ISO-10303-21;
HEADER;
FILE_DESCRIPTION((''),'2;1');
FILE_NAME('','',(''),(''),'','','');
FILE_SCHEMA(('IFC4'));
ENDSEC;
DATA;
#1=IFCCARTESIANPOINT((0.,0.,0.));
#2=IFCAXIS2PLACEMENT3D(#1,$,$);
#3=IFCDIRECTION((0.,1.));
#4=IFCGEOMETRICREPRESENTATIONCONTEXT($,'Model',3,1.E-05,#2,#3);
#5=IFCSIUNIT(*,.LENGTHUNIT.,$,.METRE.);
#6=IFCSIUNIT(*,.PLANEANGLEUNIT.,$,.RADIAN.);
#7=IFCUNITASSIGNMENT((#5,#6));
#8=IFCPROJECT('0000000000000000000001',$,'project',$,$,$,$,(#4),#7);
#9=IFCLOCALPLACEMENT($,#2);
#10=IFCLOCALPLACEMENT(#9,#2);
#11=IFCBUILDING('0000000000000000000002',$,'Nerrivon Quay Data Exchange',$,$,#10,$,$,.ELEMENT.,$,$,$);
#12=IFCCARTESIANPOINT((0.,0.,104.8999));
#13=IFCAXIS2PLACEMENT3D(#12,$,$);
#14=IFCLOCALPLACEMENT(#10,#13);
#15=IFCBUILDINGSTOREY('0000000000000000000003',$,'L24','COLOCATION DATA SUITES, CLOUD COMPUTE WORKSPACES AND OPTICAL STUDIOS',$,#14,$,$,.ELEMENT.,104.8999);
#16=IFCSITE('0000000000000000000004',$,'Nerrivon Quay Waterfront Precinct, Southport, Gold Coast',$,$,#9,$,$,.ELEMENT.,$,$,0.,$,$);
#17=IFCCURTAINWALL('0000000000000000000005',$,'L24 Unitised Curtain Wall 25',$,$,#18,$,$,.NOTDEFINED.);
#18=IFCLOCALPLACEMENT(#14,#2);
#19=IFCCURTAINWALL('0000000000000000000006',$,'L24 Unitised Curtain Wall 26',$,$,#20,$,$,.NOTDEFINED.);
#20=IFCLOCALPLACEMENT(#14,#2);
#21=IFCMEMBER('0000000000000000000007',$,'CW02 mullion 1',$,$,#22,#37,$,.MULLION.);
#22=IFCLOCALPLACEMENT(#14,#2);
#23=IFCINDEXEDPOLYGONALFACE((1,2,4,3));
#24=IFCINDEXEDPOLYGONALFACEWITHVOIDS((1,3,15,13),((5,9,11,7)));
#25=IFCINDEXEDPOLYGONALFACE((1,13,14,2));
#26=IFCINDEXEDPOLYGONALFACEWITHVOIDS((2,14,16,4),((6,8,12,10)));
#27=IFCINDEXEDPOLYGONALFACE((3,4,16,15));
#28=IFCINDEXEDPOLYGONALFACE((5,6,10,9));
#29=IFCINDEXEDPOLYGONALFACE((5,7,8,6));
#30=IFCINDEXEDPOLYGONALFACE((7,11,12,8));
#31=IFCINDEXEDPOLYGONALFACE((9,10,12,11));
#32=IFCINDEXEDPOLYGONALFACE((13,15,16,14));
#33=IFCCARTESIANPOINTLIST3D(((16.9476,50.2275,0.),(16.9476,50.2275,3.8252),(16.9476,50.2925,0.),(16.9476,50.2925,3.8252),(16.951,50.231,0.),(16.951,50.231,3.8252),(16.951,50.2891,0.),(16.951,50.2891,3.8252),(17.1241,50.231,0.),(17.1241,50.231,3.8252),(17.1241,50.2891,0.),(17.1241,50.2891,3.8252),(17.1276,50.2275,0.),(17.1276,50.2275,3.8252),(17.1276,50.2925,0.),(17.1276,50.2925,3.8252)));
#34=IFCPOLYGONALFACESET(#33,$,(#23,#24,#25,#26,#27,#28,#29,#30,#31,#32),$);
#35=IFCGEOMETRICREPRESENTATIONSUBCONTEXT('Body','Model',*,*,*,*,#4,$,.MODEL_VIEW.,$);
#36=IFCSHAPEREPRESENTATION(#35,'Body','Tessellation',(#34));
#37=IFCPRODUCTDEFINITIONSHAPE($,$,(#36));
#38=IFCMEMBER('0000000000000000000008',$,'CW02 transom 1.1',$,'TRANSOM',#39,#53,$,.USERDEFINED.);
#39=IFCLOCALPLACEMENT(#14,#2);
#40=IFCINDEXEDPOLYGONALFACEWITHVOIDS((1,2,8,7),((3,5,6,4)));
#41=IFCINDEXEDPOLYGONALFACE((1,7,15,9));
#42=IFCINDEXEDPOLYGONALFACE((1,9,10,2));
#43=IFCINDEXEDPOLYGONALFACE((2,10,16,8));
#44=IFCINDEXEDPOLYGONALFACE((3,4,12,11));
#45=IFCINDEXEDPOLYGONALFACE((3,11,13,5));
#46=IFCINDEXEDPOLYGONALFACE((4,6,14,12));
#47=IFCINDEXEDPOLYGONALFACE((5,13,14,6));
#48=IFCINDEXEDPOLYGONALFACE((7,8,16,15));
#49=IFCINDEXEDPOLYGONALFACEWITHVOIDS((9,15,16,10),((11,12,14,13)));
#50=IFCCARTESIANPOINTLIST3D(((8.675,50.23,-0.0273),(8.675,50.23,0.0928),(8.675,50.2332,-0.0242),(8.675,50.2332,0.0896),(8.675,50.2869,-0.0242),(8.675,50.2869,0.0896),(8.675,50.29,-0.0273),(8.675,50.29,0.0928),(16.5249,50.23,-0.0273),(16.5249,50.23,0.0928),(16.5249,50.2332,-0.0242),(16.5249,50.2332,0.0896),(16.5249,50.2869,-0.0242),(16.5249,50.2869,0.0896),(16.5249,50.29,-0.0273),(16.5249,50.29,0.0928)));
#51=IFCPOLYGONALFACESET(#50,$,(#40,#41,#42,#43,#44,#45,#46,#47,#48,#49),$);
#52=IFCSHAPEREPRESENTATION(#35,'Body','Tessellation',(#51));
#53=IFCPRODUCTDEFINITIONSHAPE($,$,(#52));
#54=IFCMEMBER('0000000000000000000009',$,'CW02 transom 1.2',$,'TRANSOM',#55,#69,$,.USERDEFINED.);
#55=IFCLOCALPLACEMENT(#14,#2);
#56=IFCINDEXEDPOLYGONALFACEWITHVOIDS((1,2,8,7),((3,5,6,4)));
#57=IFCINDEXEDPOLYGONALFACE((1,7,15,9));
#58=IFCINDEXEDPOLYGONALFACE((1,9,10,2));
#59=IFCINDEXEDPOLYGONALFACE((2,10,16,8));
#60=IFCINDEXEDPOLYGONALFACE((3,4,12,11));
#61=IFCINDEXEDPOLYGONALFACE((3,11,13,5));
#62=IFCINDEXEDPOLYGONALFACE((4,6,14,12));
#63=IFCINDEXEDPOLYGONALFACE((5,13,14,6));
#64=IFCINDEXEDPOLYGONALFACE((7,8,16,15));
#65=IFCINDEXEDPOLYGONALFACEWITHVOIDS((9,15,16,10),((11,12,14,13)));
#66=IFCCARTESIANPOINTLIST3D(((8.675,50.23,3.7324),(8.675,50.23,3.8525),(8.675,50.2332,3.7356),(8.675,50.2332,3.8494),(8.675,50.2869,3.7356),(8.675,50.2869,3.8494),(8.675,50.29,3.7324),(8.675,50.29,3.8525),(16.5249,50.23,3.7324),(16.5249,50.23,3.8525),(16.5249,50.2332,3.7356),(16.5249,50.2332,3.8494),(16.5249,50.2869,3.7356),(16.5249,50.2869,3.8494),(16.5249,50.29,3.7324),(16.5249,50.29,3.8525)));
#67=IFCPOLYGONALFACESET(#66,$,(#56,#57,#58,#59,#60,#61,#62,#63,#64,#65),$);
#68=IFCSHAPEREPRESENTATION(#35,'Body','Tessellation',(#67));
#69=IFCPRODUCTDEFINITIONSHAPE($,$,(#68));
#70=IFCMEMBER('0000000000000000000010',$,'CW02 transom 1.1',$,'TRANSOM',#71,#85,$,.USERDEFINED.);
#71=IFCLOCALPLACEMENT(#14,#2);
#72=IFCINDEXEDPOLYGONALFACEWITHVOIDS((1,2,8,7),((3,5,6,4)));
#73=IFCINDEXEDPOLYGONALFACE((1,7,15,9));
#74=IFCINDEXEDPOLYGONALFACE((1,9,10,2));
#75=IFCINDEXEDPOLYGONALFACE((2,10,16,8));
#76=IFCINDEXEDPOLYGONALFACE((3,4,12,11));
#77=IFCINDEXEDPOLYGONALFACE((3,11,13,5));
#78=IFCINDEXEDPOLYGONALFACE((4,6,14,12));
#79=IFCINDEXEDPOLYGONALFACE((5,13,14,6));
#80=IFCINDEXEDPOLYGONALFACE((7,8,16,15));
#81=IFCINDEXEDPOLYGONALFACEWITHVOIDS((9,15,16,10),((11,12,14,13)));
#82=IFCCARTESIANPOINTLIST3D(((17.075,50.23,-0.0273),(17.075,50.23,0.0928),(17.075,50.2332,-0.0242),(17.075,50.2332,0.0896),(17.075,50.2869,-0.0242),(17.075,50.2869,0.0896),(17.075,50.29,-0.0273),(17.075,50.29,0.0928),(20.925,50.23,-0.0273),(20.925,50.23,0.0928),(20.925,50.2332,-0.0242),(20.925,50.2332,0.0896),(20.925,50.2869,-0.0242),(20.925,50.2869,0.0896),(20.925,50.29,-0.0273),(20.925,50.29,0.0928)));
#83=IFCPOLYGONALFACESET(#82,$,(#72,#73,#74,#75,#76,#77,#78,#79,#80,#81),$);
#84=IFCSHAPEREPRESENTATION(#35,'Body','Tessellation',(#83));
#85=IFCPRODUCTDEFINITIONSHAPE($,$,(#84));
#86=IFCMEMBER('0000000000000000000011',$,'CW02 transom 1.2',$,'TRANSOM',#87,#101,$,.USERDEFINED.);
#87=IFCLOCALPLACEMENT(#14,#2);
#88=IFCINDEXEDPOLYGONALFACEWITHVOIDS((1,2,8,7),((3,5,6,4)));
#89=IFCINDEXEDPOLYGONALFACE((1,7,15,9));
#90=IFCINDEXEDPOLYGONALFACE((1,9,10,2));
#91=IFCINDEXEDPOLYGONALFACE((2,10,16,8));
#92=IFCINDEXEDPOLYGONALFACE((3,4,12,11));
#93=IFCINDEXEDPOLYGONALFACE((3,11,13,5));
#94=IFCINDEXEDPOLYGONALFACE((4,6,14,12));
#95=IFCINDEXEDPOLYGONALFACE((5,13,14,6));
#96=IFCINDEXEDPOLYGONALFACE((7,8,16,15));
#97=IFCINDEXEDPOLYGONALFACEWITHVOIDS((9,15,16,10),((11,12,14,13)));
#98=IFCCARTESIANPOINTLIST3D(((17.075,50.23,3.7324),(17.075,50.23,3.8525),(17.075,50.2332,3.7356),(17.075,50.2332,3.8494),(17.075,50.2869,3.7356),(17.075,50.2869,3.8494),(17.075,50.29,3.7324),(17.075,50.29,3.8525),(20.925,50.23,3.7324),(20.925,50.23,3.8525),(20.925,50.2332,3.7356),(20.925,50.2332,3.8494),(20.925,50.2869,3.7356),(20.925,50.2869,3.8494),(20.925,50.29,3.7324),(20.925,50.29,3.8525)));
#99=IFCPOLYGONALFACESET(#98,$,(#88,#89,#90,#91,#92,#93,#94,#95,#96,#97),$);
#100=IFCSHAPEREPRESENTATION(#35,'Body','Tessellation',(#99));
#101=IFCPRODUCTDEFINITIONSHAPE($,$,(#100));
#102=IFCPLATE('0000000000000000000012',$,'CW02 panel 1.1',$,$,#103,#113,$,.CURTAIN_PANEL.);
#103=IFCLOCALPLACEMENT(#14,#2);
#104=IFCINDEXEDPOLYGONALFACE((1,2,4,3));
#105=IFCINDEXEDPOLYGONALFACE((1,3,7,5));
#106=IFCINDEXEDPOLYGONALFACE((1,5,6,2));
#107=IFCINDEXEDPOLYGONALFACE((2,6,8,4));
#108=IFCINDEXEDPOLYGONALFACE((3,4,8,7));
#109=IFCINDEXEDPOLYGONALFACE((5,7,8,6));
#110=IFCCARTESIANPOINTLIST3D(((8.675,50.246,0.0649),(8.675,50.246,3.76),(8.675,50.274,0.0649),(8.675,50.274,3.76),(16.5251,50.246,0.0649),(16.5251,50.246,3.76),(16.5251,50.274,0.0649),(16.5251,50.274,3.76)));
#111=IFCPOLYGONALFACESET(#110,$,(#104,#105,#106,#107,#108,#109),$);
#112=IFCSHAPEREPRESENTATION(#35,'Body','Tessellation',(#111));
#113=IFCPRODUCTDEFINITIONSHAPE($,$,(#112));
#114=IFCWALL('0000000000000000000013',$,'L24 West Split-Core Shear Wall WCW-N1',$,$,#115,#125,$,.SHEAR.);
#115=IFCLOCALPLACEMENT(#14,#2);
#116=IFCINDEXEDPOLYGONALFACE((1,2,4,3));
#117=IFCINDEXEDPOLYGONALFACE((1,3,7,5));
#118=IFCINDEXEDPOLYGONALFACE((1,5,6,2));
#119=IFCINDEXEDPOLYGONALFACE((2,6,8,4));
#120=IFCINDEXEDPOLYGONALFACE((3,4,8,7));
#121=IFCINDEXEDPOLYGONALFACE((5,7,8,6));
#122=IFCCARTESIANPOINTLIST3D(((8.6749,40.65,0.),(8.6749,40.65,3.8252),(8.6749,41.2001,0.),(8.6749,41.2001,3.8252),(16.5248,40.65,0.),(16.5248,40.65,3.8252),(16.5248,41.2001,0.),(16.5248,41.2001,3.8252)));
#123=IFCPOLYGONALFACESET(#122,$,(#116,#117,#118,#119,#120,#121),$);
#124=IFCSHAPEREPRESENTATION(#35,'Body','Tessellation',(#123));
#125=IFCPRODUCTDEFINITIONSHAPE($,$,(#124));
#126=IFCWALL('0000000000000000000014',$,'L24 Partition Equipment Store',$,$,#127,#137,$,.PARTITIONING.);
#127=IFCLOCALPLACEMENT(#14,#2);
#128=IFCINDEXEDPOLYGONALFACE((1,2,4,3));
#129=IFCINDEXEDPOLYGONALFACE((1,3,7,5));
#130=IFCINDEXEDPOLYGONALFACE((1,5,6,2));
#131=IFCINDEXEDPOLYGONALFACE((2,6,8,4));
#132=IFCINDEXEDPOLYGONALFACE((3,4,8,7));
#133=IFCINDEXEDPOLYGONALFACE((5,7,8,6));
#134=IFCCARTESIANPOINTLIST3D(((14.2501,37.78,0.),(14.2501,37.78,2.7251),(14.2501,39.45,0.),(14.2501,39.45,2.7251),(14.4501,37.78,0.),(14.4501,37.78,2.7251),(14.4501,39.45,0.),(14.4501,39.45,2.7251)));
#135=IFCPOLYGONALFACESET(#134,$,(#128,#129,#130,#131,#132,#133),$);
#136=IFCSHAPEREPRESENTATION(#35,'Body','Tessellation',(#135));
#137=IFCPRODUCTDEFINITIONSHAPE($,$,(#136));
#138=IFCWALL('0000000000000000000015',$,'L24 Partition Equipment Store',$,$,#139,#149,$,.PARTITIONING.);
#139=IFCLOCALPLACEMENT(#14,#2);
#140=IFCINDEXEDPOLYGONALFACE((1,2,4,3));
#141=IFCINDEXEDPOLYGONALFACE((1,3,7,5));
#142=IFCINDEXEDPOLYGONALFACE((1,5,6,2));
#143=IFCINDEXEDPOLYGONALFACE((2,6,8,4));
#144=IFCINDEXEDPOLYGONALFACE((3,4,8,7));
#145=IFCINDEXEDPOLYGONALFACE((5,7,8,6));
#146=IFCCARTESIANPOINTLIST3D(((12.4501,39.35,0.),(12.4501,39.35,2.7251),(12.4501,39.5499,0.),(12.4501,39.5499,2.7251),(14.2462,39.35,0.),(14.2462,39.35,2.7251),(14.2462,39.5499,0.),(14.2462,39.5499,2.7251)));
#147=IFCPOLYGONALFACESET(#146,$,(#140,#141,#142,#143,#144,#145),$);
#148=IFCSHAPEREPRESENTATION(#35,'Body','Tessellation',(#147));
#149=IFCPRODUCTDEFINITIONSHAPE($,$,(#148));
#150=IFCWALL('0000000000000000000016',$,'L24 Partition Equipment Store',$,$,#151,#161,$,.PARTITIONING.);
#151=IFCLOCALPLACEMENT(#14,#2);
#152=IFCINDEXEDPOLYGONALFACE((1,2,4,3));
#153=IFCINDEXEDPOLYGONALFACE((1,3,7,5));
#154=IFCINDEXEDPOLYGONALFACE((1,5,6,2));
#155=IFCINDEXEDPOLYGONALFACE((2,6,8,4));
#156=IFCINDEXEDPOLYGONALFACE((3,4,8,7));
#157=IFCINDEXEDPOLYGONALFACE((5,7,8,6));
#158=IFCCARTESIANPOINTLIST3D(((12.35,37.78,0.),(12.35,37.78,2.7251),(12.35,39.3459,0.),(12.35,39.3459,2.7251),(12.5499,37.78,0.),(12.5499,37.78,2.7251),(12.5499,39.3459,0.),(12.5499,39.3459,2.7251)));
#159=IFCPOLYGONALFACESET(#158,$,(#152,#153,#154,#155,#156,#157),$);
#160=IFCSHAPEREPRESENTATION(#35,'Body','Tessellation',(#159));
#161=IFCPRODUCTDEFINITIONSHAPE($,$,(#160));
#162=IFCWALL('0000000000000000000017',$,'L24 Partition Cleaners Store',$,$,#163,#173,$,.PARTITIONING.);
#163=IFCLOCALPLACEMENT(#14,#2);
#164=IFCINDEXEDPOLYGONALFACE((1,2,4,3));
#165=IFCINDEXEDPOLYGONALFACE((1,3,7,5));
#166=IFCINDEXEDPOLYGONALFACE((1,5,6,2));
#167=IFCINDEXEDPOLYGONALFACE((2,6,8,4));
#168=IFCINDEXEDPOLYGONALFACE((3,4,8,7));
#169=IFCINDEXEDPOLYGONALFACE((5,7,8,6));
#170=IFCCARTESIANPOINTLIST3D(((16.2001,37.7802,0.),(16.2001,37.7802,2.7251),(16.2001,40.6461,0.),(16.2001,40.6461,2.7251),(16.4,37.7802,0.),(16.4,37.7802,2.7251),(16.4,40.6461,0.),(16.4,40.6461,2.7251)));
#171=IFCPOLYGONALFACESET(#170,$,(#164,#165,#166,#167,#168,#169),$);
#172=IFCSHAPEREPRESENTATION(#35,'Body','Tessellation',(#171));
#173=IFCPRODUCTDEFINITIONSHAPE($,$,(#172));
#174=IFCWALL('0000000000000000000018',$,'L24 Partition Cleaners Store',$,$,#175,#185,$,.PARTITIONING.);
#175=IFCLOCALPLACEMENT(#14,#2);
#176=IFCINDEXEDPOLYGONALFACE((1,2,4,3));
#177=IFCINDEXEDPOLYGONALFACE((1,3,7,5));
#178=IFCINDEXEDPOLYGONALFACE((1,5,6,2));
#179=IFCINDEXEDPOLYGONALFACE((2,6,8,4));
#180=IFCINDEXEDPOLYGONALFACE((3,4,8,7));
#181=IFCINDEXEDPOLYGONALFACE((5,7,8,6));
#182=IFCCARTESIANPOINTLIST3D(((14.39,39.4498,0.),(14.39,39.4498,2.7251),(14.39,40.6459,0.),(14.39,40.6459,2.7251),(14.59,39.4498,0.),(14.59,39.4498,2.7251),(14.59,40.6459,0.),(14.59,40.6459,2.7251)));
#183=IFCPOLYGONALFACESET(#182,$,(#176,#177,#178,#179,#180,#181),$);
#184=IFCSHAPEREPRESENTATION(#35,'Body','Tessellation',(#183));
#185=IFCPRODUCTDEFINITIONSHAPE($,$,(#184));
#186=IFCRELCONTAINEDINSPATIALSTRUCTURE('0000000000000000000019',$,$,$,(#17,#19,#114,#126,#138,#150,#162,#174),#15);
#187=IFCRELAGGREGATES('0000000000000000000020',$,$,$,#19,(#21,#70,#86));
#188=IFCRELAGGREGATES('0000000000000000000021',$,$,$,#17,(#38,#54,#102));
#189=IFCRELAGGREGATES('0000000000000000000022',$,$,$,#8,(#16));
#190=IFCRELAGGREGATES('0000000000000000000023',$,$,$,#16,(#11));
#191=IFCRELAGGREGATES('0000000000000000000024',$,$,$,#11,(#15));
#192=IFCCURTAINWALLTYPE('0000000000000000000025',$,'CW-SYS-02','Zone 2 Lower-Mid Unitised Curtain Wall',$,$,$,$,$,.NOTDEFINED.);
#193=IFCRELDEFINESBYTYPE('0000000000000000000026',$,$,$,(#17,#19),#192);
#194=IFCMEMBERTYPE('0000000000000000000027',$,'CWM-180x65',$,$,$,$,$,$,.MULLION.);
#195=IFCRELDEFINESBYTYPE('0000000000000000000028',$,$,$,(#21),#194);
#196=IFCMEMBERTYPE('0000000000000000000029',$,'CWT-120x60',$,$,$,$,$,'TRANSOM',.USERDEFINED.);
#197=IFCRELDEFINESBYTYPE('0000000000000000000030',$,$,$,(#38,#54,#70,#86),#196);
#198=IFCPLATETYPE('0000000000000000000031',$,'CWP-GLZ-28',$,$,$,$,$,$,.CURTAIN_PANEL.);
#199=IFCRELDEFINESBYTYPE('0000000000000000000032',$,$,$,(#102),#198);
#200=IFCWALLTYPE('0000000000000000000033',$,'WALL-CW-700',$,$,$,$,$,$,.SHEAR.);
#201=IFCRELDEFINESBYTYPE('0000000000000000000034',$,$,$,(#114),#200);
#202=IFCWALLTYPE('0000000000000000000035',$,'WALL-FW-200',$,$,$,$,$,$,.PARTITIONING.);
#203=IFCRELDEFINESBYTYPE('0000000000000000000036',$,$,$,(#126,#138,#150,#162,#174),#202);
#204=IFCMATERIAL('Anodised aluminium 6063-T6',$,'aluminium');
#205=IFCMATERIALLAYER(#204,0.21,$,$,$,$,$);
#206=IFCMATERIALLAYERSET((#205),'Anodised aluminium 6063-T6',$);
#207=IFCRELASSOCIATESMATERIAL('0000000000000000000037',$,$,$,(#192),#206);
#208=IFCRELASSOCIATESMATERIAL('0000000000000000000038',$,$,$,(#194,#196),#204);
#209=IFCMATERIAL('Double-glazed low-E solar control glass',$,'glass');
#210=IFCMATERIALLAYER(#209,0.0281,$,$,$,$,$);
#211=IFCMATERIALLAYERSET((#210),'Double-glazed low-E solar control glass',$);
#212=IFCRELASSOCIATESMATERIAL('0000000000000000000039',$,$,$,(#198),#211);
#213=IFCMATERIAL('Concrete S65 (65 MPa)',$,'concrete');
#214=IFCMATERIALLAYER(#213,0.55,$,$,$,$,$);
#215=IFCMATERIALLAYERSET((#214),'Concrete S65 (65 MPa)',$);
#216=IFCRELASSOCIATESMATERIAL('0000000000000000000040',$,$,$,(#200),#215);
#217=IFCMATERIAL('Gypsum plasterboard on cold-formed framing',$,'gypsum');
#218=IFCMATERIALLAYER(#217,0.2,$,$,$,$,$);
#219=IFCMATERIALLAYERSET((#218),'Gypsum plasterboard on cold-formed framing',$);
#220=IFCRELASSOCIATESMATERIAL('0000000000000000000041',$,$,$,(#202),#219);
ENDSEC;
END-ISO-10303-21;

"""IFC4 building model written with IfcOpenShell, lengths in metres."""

from ifc_helpers import new_model, si_unit, direction, frame, frame_2d, origin, origin_2d, place, context, subcontext, project, spatial, rectangle, hollow_rectangle, extrude, material, layer, layer_set, material_profile, profile_set, type_object, element, aggregate, save


model = new_model("IFC4")

# Units and contexts
model_context = context("Model", 3, precision=1e-05, world=origin(), true_north=direction((0.0, 1.0)))
body_context = subcontext(model_context, "Body", "Model", "MODEL_VIEW")
ifc_project = project(units=[si_unit("LENGTHUNIT", "METRE"), si_unit("PLANEANGLEUNIT", "RADIAN")], contexts=[model_context])

# Site, building, storey
site_placement = place(None, origin())
site = spatial("IfcSite", under=ifc_project, at=site_placement, Name="Nerrivon Quay Waterfront Precinct, Southport, Gold Coast", CompositionType="ELEMENT", RefElevation=0.0)
building_placement = place(site_placement, origin())
building = spatial("IfcBuilding", under=site, at=building_placement, Name="Nerrivon Quay Data Exchange", CompositionType="ELEMENT")
storey_placement = place(building_placement, frame((0.0, 0.0, 104.8999)))
storey = spatial("IfcBuildingStorey", under=building, at=storey_placement, Name="L24", Description="COLOCATION DATA SUITES, CLOUD COMPUTE WORKSPACES AND OPTICAL STUDIOS", CompositionType="ELEMENT", Elevation=104.8999)

# Shared definitions
ifc_material_1 = material(Name="Concrete S65 (65 MPa)", Category="concrete")

# Curtain wall
ifc_material_2 = material(Name="Anodised aluminium 6063-T6", Category="aluminium")
ifc_layer_1 = layer(ifc_material_2, 0.21)
ifc_layer_set_1 = layer_set([ifc_layer_1], Name="Anodised aluminium 6063-T6")
curtain_wall_type = type_object("IfcCurtainWallType", Name="CW-SYS-02", Description="Zone 2 Lower-Mid Unitised Curtain Wall", PredefinedType="NOTDEFINED", material=ifc_layer_set_1)
curtain_wall_1_placement = place(storey_placement, origin())
curtain_wall_1 = element("IfcCurtainWall", 1, at=curtain_wall_1_placement, inside=storey, type_object=curtain_wall_type, Name="L24 Unitised Curtain Wall 25", PredefinedType="NOTDEFINED")
ifc_material_profile_1 = material_profile(ifc_material_2, hollow_rectangle(XDim=0.0649, YDim=0.1799, WallThickness=0.0034, at=origin_2d()), Name="ALU-MULL-180x65")
ifc_profile_set_1 = profile_set([ifc_material_profile_1], Name="Anodised aluminium 6063-T6")
member_type_1 = type_object("IfcMemberType", Name="CWM-180x65", PredefinedType="MULLION", material=ifc_profile_set_1)

# Curtain wall, member
curtain_wall_2_placement = place(storey_placement, origin())
curtain_wall_2 = element("IfcCurtainWall", 2, at=curtain_wall_2_placement, inside=storey, type_object=curtain_wall_type, Name="L24 Unitised Curtain Wall 26", PredefinedType="NOTDEFINED")
member_1_placement = place(storey_placement, frame((17.0376, 50.26, 0.0), z_axis=(0.0, 0.0, 1.0), x_axis=(0.0, 1.0, 0.0)))
member_1 = element("IfcMember", 3, at=member_1_placement, type_object=member_type_1, Name="CW02 mullion 1", PredefinedType="MULLION", context=body_context, shape_type="SweptSolid", body=[
    extrude(hollow_rectangle(XDim=0.0649, YDim=0.1799, WallThickness=0.0034, at=origin_2d()), origin(), (0.0, 0.0, 1.0), 3.8252),
])

# Members
ifc_material_profile_2 = material_profile(ifc_material_2, hollow_rectangle(XDim=0.0601, YDim=0.1201, WallThickness=0.0032, at=origin_2d()), Name="ALU-TRAN-120x60")
ifc_profile_set_2 = profile_set([ifc_material_profile_2], Name="Anodised aluminium 6063-T6")
member_type_2 = type_object("IfcMemberType", Name="CWT-120x60", ElementType="TRANSOM", PredefinedType="USERDEFINED", material=ifc_profile_set_2)
member_2_placement = place(storey_placement, frame((8.675, 50.26, 0.0327), z_axis=(1.0, 0.0, 0.0), x_axis=(0.0, 1.0, 0.0)))
member_2 = element("IfcMember", 4, at=member_2_placement, type_object=member_type_2, Name="CW02 transom 1.1", ObjectType="TRANSOM", PredefinedType="USERDEFINED", context=body_context, shape_type="SweptSolid", body=[
    extrude(hollow_rectangle(XDim=0.0601, YDim=0.1201, WallThickness=0.0032, at=origin_2d()), origin(), (0.0, 0.0, 1.0), 7.8499),
])
member_3_placement = place(storey_placement, frame((8.675, 50.26, 3.7925), z_axis=(1.0, 0.0, 0.0), x_axis=(0.0, 1.0, 0.0)))
member_3 = element("IfcMember", 5, at=member_3_placement, type_object=member_type_2, Name="CW02 transom 1.2", ObjectType="TRANSOM", PredefinedType="USERDEFINED", context=body_context, shape_type="SweptSolid", body=[
    extrude(hollow_rectangle(XDim=0.0601, YDim=0.1201, WallThickness=0.0032, at=origin_2d()), origin(), (0.0, 0.0, 1.0), 7.8499),
])
member_4_placement = place(storey_placement, frame((17.075, 50.26, 0.0327), z_axis=(1.0, 0.0, 0.0), x_axis=(0.0, 1.0, 0.0)))
member_4 = element("IfcMember", 6, at=member_4_placement, type_object=member_type_2, Name="CW02 transom 1.1", ObjectType="TRANSOM", PredefinedType="USERDEFINED", context=body_context, shape_type="SweptSolid", body=[
    extrude(hollow_rectangle(XDim=0.0601, YDim=0.1201, WallThickness=0.0032, at=origin_2d()), origin(), (0.0, 0.0, 1.0), 3.8501),
])
member_5_placement = place(storey_placement, frame((17.075, 50.26, 3.7925), z_axis=(1.0, 0.0, 0.0), x_axis=(0.0, 1.0, 0.0)))
member_5 = element("IfcMember", 7, at=member_5_placement, type_object=member_type_2, Name="CW02 transom 1.2", ObjectType="TRANSOM", PredefinedType="USERDEFINED", context=body_context, shape_type="SweptSolid", body=[
    extrude(hollow_rectangle(XDim=0.0601, YDim=0.1201, WallThickness=0.0032, at=origin_2d()), origin(), (0.0, 0.0, 1.0), 3.8501),
])
aggregate(curtain_wall_2, [member_1, member_4, member_5])

# Plate
ifc_material_3 = material(Name="Double-glazed low-E solar control glass", Category="glass")
ifc_layer_2 = layer(ifc_material_3, 0.0281)
ifc_layer_set_2 = layer_set([ifc_layer_2], Name="Double-glazed low-E solar control glass")
plate_type = type_object("IfcPlateType", Name="CWP-GLZ-28", PredefinedType="CURTAIN_PANEL", material=ifc_layer_set_2)
plate_placement = place(storey_placement, frame((12.6001, 50.26, 0.0649), z_axis=(0.0, 0.0, 1.0), x_axis=(1.0, 0.0, 0.0)))
plate = element("IfcPlate", 8, at=plate_placement, type_object=plate_type, Name="CW02 panel 1.1", PredefinedType="CURTAIN_PANEL", context=body_context, shape_type="SweptSolid", body=[
    extrude(rectangle(XDim=7.8501, YDim=0.0281, at=origin_2d()), origin(), (0.0, 0.0, 1.0), 3.6951),
])
aggregate(curtain_wall_1, [member_2, member_3, plate])

# Wall
ifc_layer_3 = layer(ifc_material_1, 0.55)
ifc_layer_set_3 = layer_set([ifc_layer_3], Name="Concrete S65 (65 MPa)")
wall_type_1 = type_object("IfcWallType", Name="WALL-CW-700", PredefinedType="SHEAR", material=ifc_layer_set_3)
wall_1_placement = place(storey_placement, frame((8.675, 40.925, 0.0), z_axis=(0.0, 0.0, 1.0), x_axis=(1.0, 0.0, 0.0)))
element("IfcWall", 9, at=wall_1_placement, inside=storey, type_object=wall_type_1, Name="L24 West Split-Core Shear Wall WCW-N1", PredefinedType="SHEAR", context=body_context, shape_type="SweptSolid", body=[
    extrude(rectangle(XDim=7.8499, YDim=0.55, at=frame_2d((3.9248, 0.0))), origin(), (0.0, 0.0, 1.0), 3.8252),
])

# Walls
ifc_material_4 = material(Name="Gypsum plasterboard on cold-formed framing", Category="gypsum")
ifc_layer_4 = layer(ifc_material_4, 0.2)
ifc_layer_set_4 = layer_set([ifc_layer_4], Name="Gypsum plasterboard on cold-formed framing")
wall_type_2 = type_object("IfcWallType", Name="WALL-FW-200", PredefinedType="PARTITIONING", material=ifc_layer_set_4)
wall_2_placement = place(storey_placement, frame((14.3501, 37.78, 0.0), z_axis=(0.0, 0.0, 1.0), x_axis=(0.0, 1.0, 0.0)))
element("IfcWall", 10, at=wall_2_placement, inside=storey, type_object=wall_type_2, Name="L24 Partition Equipment Store", PredefinedType="PARTITIONING", context=body_context, shape_type="SweptSolid", body=[
    extrude(rectangle(XDim=1.6699, YDim=0.2, at=frame_2d((0.835, 0.0))), origin(), (0.0, 0.0, 1.0), 2.7251),
])
wall_3_placement = place(storey_placement, frame((14.2461, 39.45, 0.0), z_axis=(0.0, 0.0, 1.0), x_axis=(-1.0, 0.0, 0.0)))
element("IfcWall", 11, at=wall_3_placement, inside=storey, type_object=wall_type_2, Name="L24 Partition Equipment Store", PredefinedType="PARTITIONING", context=body_context, shape_type="SweptSolid", body=[
    extrude(rectangle(XDim=1.7961, YDim=0.2, at=frame_2d((0.8979, 0.0))), origin(), (0.0, 0.0, 1.0), 2.7251),
])
wall_4_placement = place(storey_placement, frame((12.45, 39.3459, 0.0), z_axis=(0.0, 0.0, 1.0), x_axis=(0.0, -1.0, 0.0)))
element("IfcWall", 12, at=wall_4_placement, inside=storey, type_object=wall_type_2, Name="L24 Partition Equipment Store", PredefinedType="PARTITIONING", context=body_context, shape_type="SweptSolid", body=[
    extrude(rectangle(XDim=1.5659, YDim=0.2, at=frame_2d((0.783, 0.0))), origin(), (0.0, 0.0, 1.0), 2.7251),
])
wall_5_placement = place(storey_placement, frame((16.3, 37.78, 0.0), z_axis=(0.0, 0.0, 1.0), x_axis=(0.0, 1.0, 0.0)))
element("IfcWall", 13, at=wall_5_placement, inside=storey, type_object=wall_type_2, Name="L24 Partition Cleaners Store", PredefinedType="PARTITIONING", context=body_context, shape_type="SweptSolid", body=[
    extrude(rectangle(XDim=2.866, YDim=0.2, at=frame_2d((1.4331, 0.0))), origin(), (0.0, 0.0, 1.0), 2.7251),
])
wall_6_placement = place(storey_placement, frame((14.49, 40.646, 0.0), z_axis=(0.0, 0.0, 1.0), x_axis=(0.0, -1.0, 0.0)))
element("IfcWall", 14, at=wall_6_placement, inside=storey, type_object=wall_type_2, Name="L24 Partition Cleaners Store", PredefinedType="PARTITIONING", context=body_context, shape_type="SweptSolid", body=[
    extrude(rectangle(XDim=1.196, YDim=0.2, at=frame_2d((0.5981, 0.0))), origin(), (0.0, 0.0, 1.0), 2.7251),
])

save(model, "model.ifc")
